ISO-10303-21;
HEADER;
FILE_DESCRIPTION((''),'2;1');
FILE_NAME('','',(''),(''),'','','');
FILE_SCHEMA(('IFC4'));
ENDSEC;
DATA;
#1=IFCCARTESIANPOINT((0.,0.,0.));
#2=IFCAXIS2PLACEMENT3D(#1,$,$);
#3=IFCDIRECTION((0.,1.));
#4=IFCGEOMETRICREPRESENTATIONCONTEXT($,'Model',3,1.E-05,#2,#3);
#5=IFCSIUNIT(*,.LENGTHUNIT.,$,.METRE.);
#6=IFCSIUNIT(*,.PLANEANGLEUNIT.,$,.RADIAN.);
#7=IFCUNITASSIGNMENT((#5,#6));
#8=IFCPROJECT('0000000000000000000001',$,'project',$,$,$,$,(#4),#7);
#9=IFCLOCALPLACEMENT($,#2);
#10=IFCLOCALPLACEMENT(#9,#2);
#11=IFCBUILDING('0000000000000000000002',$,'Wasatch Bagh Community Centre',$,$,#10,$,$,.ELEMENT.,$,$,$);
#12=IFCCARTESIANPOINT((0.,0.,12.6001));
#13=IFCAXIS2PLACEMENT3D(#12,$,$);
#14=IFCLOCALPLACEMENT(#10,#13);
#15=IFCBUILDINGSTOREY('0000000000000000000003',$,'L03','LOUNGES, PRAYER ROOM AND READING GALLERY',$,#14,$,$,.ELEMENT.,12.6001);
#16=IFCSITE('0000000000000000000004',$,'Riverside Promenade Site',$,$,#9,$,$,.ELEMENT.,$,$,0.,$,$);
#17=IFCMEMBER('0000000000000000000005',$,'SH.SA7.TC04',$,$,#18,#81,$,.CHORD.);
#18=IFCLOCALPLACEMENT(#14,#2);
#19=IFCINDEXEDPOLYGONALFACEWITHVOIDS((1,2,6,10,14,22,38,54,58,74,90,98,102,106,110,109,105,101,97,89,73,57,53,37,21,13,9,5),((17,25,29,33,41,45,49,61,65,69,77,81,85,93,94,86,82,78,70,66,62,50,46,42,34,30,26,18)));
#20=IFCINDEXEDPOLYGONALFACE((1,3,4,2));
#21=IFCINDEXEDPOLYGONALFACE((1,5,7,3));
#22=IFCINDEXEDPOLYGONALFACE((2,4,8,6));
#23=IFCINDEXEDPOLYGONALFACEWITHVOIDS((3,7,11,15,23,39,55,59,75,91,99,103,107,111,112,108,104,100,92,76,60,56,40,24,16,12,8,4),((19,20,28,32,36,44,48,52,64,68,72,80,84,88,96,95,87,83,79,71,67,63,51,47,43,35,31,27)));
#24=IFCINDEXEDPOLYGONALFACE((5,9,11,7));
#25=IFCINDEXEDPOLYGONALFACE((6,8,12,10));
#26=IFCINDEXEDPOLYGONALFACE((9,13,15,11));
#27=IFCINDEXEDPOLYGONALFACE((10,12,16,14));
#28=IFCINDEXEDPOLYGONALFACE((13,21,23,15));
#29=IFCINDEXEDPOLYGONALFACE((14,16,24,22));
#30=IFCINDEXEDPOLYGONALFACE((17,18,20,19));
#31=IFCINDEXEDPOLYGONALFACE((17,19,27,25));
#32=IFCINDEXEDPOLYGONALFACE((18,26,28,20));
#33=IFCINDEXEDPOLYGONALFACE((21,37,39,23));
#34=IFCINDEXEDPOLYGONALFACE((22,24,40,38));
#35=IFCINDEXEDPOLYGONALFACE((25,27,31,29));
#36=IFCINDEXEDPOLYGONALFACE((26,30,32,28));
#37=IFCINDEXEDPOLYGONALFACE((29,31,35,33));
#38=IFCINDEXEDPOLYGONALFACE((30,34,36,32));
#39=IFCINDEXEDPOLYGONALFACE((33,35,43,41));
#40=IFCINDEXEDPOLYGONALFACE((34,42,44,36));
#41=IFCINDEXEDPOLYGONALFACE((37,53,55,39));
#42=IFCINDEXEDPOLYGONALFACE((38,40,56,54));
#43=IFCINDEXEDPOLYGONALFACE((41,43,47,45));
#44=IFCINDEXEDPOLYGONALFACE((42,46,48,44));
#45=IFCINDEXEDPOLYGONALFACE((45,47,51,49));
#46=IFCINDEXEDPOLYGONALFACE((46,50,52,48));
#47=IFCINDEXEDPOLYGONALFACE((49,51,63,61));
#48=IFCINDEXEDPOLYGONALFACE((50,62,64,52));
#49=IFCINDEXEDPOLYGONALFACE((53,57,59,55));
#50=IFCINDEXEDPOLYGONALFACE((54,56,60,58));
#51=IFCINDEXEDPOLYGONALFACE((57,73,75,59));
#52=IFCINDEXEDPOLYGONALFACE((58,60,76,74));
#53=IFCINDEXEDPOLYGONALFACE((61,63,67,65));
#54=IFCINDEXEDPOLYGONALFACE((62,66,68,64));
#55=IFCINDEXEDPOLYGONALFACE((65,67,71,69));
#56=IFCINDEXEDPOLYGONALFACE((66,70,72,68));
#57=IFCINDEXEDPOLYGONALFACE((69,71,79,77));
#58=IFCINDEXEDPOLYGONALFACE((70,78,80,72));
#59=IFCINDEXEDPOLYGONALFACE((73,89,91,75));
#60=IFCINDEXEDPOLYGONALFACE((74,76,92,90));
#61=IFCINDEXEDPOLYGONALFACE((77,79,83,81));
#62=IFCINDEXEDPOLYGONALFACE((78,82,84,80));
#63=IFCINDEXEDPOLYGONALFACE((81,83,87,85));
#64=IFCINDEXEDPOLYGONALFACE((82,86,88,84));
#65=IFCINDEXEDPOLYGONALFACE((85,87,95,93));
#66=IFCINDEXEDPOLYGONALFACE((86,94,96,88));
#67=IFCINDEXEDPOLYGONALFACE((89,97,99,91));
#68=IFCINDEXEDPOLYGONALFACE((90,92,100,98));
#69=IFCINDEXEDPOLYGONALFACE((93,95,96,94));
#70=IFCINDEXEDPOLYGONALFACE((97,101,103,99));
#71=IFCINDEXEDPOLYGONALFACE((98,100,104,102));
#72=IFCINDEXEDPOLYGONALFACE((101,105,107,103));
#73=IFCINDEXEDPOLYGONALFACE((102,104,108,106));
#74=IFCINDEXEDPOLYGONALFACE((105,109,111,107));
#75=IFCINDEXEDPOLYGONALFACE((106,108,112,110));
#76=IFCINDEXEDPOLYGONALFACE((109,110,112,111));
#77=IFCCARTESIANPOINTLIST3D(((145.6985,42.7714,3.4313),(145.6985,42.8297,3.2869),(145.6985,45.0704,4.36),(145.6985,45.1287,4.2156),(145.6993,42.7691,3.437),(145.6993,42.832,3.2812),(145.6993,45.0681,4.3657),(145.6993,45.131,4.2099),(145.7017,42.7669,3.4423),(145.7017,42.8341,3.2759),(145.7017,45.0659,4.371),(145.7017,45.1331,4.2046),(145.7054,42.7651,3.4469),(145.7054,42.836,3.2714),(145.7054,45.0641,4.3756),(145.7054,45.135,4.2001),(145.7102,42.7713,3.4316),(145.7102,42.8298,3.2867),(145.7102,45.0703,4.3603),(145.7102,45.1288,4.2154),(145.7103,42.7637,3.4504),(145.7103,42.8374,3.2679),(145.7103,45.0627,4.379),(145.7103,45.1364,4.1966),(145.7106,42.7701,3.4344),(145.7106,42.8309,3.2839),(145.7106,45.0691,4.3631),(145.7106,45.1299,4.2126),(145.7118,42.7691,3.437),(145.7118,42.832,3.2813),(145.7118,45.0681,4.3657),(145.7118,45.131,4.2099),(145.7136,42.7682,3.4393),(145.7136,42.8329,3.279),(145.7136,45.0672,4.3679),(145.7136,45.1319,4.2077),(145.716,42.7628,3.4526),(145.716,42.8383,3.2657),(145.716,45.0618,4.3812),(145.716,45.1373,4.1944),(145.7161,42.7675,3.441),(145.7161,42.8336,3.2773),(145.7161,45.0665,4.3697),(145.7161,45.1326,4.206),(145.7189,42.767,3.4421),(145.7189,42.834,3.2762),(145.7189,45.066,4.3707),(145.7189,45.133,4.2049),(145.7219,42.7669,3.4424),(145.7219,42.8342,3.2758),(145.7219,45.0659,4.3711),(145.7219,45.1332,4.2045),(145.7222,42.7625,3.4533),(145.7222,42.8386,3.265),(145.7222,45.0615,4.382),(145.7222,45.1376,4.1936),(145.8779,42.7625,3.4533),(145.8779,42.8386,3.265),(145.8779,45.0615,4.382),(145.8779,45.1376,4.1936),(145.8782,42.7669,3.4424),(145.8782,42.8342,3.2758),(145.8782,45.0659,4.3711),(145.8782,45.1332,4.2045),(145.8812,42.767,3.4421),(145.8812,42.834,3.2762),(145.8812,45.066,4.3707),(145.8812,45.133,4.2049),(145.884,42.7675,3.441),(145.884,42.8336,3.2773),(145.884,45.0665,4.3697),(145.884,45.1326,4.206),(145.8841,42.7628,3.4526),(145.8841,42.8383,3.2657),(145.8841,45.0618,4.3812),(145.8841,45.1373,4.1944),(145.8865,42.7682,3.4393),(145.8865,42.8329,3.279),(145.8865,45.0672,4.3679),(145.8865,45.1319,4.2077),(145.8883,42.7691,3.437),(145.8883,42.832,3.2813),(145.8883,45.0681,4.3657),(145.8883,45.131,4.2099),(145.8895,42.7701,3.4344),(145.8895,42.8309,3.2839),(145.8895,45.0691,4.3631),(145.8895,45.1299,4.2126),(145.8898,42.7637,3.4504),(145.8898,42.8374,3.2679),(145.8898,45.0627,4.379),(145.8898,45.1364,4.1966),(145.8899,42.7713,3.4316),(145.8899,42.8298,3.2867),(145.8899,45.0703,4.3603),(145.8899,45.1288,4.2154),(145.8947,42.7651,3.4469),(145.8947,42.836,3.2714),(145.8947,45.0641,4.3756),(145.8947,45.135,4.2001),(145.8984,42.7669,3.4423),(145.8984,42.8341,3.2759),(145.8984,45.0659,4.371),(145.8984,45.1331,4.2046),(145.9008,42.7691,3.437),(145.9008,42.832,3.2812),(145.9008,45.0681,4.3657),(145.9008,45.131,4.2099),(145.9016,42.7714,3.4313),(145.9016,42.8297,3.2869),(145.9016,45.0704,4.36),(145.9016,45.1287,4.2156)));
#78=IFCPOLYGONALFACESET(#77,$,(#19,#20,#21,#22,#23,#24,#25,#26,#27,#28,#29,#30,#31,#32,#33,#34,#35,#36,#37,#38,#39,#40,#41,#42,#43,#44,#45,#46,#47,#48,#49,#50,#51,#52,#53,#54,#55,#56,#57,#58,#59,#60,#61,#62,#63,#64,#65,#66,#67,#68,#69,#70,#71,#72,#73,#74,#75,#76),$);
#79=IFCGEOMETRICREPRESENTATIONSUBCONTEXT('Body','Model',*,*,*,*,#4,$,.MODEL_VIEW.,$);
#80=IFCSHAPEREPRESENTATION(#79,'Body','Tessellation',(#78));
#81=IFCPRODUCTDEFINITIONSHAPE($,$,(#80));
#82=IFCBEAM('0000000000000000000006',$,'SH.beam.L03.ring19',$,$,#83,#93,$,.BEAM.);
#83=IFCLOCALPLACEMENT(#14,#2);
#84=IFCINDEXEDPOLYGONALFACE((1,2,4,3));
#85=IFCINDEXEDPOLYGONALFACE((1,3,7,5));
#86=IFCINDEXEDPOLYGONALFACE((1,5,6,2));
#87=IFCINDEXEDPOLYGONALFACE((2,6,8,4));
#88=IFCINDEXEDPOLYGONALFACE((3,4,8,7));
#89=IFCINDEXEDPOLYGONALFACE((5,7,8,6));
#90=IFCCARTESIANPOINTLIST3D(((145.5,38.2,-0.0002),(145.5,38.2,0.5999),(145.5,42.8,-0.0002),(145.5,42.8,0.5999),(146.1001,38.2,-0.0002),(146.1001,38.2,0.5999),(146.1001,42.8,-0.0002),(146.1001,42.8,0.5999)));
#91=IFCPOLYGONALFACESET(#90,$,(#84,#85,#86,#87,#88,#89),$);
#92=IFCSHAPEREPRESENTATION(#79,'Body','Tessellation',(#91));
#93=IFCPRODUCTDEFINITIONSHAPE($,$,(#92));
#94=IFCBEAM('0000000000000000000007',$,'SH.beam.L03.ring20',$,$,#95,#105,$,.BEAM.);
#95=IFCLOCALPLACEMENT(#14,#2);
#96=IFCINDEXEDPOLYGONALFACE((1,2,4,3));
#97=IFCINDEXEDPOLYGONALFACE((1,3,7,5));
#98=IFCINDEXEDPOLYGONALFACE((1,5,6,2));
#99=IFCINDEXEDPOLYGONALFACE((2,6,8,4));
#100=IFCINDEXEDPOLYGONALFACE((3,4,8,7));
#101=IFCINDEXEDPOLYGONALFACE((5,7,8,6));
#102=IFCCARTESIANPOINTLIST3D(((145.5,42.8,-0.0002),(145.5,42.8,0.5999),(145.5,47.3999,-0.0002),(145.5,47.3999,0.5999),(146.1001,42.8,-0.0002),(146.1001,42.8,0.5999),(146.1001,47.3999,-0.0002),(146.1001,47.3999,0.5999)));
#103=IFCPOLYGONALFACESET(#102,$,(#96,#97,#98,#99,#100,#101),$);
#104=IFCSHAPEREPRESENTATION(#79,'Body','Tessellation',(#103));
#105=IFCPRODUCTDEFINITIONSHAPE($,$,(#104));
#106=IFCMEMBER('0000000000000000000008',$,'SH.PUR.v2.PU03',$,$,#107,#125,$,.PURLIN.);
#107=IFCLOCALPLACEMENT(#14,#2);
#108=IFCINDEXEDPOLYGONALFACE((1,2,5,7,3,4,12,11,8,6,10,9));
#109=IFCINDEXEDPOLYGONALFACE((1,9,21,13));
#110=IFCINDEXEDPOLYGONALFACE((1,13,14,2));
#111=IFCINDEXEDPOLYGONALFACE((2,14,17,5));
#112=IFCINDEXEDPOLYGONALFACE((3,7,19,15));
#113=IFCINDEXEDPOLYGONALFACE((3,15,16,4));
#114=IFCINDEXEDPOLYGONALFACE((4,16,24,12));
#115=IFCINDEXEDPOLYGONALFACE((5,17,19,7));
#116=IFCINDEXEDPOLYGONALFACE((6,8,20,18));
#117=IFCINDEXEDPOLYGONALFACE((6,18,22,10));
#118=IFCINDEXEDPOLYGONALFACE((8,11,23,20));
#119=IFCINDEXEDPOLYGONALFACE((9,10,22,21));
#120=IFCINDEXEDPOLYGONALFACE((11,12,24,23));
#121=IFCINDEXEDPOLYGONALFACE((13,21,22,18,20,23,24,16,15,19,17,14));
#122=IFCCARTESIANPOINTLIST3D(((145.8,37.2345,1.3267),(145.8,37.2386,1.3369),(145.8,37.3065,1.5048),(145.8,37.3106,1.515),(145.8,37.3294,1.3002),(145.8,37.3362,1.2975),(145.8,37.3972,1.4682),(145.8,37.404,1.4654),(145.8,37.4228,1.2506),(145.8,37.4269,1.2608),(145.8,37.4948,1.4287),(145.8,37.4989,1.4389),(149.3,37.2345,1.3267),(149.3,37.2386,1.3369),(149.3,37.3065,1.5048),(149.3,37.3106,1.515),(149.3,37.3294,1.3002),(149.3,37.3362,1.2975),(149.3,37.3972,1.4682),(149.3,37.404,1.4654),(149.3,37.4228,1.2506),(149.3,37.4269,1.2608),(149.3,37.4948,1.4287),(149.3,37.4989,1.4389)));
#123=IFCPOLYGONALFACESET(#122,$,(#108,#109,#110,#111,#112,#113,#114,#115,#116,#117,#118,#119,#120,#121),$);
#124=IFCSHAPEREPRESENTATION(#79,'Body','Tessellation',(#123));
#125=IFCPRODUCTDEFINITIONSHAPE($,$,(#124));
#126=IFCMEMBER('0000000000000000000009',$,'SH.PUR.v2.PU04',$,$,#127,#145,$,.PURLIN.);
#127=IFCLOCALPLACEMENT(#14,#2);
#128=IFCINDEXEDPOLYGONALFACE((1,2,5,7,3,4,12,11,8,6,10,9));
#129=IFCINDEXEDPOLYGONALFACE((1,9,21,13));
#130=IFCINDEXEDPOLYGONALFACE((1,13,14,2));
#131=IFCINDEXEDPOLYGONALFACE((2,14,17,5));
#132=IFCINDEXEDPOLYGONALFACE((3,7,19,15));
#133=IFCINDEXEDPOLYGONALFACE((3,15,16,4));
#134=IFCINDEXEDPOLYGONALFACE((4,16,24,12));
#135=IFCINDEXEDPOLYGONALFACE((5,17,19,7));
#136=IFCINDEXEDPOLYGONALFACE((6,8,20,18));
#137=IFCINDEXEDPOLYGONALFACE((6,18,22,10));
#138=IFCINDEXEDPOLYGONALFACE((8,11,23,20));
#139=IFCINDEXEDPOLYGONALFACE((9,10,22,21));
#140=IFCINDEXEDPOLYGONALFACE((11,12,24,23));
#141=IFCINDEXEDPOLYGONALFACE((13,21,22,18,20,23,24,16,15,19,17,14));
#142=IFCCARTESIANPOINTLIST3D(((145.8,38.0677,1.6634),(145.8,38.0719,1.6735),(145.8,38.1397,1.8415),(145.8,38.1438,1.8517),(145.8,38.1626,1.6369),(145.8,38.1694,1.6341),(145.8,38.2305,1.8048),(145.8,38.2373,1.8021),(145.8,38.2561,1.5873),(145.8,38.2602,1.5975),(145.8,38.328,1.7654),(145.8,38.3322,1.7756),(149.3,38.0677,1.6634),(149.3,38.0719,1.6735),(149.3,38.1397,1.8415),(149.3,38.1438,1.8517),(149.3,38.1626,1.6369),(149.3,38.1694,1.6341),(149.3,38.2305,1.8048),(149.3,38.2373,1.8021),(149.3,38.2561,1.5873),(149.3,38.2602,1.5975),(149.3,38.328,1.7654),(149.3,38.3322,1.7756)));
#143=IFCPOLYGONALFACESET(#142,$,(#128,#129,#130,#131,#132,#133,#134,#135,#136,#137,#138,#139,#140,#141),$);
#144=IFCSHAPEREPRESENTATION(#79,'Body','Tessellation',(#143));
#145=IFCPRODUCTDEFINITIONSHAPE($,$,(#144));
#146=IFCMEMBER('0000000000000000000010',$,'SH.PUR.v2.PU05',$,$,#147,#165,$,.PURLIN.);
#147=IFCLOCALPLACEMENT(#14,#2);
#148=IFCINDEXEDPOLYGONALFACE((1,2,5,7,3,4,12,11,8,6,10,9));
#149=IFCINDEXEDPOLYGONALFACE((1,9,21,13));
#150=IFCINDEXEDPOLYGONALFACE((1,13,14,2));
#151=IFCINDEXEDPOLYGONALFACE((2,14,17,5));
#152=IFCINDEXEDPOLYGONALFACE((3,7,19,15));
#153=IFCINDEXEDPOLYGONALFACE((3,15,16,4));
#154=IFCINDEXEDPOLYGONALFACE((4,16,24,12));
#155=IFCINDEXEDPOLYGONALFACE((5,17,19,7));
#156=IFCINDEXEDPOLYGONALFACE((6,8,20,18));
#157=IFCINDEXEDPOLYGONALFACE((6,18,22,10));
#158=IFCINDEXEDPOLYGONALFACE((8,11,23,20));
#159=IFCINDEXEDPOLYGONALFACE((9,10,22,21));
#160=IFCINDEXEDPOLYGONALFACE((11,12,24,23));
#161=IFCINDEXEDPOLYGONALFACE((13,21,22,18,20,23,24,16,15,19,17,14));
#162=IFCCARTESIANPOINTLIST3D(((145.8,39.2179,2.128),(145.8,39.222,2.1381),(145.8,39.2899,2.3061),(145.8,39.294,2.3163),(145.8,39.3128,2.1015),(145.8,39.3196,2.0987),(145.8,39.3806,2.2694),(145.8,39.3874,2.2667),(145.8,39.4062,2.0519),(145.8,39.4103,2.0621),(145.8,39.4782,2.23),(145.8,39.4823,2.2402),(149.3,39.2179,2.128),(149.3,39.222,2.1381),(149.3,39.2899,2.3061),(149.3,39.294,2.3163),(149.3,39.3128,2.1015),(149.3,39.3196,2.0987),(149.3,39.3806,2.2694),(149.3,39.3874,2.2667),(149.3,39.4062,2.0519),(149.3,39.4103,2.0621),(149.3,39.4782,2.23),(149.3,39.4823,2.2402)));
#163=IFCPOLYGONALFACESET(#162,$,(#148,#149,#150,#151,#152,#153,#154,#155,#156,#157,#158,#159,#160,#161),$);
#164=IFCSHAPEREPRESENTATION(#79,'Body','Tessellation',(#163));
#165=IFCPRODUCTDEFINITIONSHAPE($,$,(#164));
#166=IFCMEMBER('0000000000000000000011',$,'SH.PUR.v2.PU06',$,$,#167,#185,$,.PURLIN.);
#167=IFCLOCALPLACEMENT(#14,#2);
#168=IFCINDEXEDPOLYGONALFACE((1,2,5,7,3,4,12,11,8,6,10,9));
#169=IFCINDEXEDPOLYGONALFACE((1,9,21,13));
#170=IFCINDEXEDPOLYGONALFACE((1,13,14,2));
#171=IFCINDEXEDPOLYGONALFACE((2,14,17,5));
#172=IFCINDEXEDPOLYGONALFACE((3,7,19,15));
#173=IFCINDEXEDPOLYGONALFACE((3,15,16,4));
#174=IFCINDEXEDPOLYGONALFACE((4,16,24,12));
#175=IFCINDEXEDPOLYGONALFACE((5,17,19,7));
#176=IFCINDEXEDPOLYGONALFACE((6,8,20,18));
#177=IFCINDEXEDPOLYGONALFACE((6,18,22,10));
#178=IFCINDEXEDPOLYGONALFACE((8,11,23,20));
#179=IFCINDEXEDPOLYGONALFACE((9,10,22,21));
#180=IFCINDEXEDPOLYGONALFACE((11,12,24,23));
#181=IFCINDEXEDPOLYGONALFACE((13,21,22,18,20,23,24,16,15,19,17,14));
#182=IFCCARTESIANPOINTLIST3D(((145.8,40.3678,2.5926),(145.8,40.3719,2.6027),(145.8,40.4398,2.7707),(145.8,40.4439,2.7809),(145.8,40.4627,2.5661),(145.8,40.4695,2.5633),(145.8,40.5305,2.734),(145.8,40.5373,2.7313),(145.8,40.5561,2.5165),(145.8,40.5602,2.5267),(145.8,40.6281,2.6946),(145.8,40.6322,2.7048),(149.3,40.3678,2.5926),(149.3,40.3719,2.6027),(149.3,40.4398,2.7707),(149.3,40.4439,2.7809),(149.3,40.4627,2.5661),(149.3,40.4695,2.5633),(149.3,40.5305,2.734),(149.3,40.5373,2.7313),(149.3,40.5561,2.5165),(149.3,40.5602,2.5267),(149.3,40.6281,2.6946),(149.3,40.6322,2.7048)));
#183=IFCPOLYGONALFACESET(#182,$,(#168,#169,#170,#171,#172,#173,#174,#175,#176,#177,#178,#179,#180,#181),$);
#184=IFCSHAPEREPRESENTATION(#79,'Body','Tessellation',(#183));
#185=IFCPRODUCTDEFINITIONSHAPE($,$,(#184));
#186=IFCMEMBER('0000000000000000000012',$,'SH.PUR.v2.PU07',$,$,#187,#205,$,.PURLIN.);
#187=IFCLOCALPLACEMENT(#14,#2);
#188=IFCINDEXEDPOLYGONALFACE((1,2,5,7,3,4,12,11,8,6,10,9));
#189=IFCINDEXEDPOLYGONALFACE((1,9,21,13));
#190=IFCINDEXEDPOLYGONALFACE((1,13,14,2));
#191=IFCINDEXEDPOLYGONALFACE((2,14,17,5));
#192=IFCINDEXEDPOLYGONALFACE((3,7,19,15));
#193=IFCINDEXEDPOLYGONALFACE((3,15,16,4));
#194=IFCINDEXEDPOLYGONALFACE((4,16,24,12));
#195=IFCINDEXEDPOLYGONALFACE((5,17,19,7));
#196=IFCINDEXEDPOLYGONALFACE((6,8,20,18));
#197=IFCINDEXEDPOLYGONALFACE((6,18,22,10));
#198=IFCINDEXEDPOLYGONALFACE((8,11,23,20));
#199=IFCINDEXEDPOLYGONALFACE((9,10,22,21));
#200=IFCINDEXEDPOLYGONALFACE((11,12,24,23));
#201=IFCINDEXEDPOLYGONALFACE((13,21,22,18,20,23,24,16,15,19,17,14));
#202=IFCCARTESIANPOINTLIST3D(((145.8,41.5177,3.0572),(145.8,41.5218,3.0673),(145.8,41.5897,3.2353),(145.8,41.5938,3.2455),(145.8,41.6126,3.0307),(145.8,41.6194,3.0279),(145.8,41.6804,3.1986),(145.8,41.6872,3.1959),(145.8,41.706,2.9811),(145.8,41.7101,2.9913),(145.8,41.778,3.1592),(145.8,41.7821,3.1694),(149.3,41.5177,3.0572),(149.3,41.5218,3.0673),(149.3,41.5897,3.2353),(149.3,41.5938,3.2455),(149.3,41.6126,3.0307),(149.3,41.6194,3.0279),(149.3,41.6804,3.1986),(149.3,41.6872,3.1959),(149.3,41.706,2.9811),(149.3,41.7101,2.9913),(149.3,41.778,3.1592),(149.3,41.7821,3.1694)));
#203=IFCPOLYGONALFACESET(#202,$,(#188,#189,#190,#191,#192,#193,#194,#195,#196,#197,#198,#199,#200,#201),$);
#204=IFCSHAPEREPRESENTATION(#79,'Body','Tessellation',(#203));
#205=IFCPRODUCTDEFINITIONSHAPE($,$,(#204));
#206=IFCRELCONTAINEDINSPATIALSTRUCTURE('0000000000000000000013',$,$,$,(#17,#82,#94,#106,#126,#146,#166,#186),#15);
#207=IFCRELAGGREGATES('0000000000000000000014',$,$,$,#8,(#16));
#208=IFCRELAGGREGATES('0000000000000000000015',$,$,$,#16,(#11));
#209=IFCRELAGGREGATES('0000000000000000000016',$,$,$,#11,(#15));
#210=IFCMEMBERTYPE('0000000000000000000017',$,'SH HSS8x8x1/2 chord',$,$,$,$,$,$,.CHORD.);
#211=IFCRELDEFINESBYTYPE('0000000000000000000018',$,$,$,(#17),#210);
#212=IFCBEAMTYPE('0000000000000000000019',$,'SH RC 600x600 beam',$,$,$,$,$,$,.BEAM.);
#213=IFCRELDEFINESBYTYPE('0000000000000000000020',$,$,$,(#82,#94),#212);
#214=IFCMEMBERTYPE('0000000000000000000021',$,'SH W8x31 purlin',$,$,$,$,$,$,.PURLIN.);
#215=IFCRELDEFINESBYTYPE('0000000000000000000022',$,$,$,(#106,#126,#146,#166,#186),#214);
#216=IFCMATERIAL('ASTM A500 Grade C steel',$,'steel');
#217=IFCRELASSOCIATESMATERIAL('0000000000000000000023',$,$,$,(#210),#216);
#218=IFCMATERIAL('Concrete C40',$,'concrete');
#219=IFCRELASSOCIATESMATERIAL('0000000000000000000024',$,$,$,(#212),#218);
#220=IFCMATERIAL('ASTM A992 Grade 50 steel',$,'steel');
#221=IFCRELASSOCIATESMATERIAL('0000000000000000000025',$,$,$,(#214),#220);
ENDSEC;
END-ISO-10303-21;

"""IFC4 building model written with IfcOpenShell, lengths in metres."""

from ifc_helpers import new_model, si_unit, direction, frame, origin, origin_2d, place, context, subcontext, project, spatial, rectangle, hollow_rectangle, i_section, extrude, material, material_profile, profile_set, type_object, element, save


model = new_model("IFC4")

# Units and contexts
model_context = context("Model", 3, precision=1e-05, world=origin(), true_north=direction((0.0, 1.0)))
body_context = subcontext(model_context, "Body", "Model", "MODEL_VIEW")
ifc_project = project(units=[si_unit("LENGTHUNIT", "METRE"), si_unit("PLANEANGLEUNIT", "RADIAN")], contexts=[model_context])

# Site, building, storey
site_placement = place(None, origin())
site = spatial("IfcSite", under=ifc_project, at=site_placement, Name="Riverside Promenade Site", CompositionType="ELEMENT", RefElevation=0.0)
building_placement = place(site_placement, origin())
building = spatial("IfcBuilding", under=site, at=building_placement, Name="Wasatch Bagh Community Centre", CompositionType="ELEMENT")
storey_placement = place(building_placement, frame((0.0, 0.0, 12.6001)))
storey = spatial("IfcBuildingStorey", under=building, at=storey_placement, Name="L03", Description="LOUNGES, PRAYER ROOM AND READING GALLERY", CompositionType="ELEMENT", Elevation=12.6001)

# Member
ifc_material_1 = material(Name="ASTM A500 Grade C steel", Category="steel")
ifc_material_profile_1 = material_profile(ifc_material_1, hollow_rectangle(XDim=0.2031, YDim=0.2031, WallThickness=0.0117, InnerFilletRadius=0.0117, OuterFilletRadius=0.0237, at=origin_2d()), Name="HSS8x8x1/2")
ifc_profile_set_1 = profile_set([ifc_material_profile_1], Name="ASTM A500 Grade C steel")
member_type_1 = type_object("IfcMemberType", Name="SH HSS8x8x1/2 chord", PredefinedType="CHORD", material=ifc_profile_set_1)
member_1_placement = place(storey_placement, frame((145.8, 42.8005, 3.3591), z_axis=(0.0, 0.927208, 0.374546), x_axis=(-1.0, 0.0, 0.0)))
element("IfcMember", 1, at=member_1_placement, inside=storey, type_object=member_type_1, Name="SH.SA7.TC04", PredefinedType="CHORD", context=body_context, shape_type="SweptSolid", body=[
    extrude(hollow_rectangle(XDim=0.2031, YDim=0.2031, WallThickness=0.0117, InnerFilletRadius=0.0117, OuterFilletRadius=0.0237, at=origin_2d()), origin(), (0.0, 0.0, 1.0), 2.4795),
])

# Beams
ifc_material_2 = material(Name="Concrete C40", Category="concrete")
ifc_material_profile_2 = material_profile(ifc_material_2, rectangle(XDim=0.6001, YDim=0.6001, at=origin_2d()), Name="RC 600x600")
ifc_profile_set_2 = profile_set([ifc_material_profile_2], Name="Concrete C40")
beam_type = type_object("IfcBeamType", Name="SH RC 600x600 beam", PredefinedType="BEAM", material=ifc_profile_set_2)
beam_1_placement = place(storey_placement, frame((145.8, 38.2, 0.2998), z_axis=(0.0, 1.0, 0.0), x_axis=(-1.0, 0.0, 0.0)))
element("IfcBeam", 2, at=beam_1_placement, inside=storey, type_object=beam_type, Name="SH.beam.L03.ring19", PredefinedType="BEAM", context=body_context, shape_type="SweptSolid", body=[
    extrude(rectangle(XDim=0.6001, YDim=0.6001, at=origin_2d()), origin(), (0.0, 0.0, 1.0), 4.6001),
])
beam_2_placement = place(storey_placement, frame((145.8, 42.8, 0.2998), z_axis=(0.0, 1.0, 0.0), x_axis=(-1.0, 0.0, 0.0)))
element("IfcBeam", 3, at=beam_2_placement, inside=storey, type_object=beam_type, Name="SH.beam.L03.ring20", PredefinedType="BEAM", context=body_context, shape_type="SweptSolid", body=[
    extrude(rectangle(XDim=0.6001, YDim=0.6001, at=origin_2d()), origin(), (0.0, 0.0, 1.0), 4.5999),
])

# Members
ifc_material_3 = material(Name="ASTM A992 Grade 50 steel", Category="steel")
ifc_material_profile_3 = material_profile(ifc_material_3, i_section(OverallWidth=0.2031, OverallDepth=0.2031, WebThickness=0.0073, FlangeThickness=0.011, at=origin_2d()), Name="W8x31")
ifc_profile_set_3 = profile_set([ifc_material_profile_3], Name="ASTM A992 Grade 50 steel")
member_type_2 = type_object("IfcMemberType", Name="SH W8x31 purlin", PredefinedType="PURLIN", material=ifc_profile_set_3)
for number, where, z_axis, x_axis, name in (
    (4, (145.8, 37.3667, 1.3828), (1.0, 0.0, 0.0), (0.0, 0.927184, -0.374607), "SH.PUR.v2.PU03"),
    (5, (145.8, 38.2, 1.7195), (1.0, 0.0, 0.0), (0.0, 0.927184, -0.374607), "SH.PUR.v2.PU04"),
    (6, (145.8, 39.3501, 2.1841), (1.0, 0.0, 0.0), (0.0, 0.927184, -0.374607), "SH.PUR.v2.PU05"),
    (7, (145.8, 40.5, 2.6487), (1.0, 0.0, 0.0), (0.0, 0.927184, -0.374607), "SH.PUR.v2.PU06"),
    (8, (145.8, 41.6499, 3.1133), (1.0, 0.0, 0.0), (0.0, 0.927184, -0.374607), "SH.PUR.v2.PU07"),
):
    element("IfcMember", number, at=place(storey_placement, frame(where, z_axis=z_axis, x_axis=x_axis)), inside=storey, type_object=member_type_2, Name=name, PredefinedType="PURLIN", context=body_context, shape_type="SweptSolid", body=[
        extrude(i_section(OverallWidth=0.2031, OverallDepth=0.2031, WebThickness=0.0073, FlangeThickness=0.011, at=origin_2d()), origin(), (0.0, 0.0, 1.0), 3.5),
    ])

save(model, "model.ifc")
